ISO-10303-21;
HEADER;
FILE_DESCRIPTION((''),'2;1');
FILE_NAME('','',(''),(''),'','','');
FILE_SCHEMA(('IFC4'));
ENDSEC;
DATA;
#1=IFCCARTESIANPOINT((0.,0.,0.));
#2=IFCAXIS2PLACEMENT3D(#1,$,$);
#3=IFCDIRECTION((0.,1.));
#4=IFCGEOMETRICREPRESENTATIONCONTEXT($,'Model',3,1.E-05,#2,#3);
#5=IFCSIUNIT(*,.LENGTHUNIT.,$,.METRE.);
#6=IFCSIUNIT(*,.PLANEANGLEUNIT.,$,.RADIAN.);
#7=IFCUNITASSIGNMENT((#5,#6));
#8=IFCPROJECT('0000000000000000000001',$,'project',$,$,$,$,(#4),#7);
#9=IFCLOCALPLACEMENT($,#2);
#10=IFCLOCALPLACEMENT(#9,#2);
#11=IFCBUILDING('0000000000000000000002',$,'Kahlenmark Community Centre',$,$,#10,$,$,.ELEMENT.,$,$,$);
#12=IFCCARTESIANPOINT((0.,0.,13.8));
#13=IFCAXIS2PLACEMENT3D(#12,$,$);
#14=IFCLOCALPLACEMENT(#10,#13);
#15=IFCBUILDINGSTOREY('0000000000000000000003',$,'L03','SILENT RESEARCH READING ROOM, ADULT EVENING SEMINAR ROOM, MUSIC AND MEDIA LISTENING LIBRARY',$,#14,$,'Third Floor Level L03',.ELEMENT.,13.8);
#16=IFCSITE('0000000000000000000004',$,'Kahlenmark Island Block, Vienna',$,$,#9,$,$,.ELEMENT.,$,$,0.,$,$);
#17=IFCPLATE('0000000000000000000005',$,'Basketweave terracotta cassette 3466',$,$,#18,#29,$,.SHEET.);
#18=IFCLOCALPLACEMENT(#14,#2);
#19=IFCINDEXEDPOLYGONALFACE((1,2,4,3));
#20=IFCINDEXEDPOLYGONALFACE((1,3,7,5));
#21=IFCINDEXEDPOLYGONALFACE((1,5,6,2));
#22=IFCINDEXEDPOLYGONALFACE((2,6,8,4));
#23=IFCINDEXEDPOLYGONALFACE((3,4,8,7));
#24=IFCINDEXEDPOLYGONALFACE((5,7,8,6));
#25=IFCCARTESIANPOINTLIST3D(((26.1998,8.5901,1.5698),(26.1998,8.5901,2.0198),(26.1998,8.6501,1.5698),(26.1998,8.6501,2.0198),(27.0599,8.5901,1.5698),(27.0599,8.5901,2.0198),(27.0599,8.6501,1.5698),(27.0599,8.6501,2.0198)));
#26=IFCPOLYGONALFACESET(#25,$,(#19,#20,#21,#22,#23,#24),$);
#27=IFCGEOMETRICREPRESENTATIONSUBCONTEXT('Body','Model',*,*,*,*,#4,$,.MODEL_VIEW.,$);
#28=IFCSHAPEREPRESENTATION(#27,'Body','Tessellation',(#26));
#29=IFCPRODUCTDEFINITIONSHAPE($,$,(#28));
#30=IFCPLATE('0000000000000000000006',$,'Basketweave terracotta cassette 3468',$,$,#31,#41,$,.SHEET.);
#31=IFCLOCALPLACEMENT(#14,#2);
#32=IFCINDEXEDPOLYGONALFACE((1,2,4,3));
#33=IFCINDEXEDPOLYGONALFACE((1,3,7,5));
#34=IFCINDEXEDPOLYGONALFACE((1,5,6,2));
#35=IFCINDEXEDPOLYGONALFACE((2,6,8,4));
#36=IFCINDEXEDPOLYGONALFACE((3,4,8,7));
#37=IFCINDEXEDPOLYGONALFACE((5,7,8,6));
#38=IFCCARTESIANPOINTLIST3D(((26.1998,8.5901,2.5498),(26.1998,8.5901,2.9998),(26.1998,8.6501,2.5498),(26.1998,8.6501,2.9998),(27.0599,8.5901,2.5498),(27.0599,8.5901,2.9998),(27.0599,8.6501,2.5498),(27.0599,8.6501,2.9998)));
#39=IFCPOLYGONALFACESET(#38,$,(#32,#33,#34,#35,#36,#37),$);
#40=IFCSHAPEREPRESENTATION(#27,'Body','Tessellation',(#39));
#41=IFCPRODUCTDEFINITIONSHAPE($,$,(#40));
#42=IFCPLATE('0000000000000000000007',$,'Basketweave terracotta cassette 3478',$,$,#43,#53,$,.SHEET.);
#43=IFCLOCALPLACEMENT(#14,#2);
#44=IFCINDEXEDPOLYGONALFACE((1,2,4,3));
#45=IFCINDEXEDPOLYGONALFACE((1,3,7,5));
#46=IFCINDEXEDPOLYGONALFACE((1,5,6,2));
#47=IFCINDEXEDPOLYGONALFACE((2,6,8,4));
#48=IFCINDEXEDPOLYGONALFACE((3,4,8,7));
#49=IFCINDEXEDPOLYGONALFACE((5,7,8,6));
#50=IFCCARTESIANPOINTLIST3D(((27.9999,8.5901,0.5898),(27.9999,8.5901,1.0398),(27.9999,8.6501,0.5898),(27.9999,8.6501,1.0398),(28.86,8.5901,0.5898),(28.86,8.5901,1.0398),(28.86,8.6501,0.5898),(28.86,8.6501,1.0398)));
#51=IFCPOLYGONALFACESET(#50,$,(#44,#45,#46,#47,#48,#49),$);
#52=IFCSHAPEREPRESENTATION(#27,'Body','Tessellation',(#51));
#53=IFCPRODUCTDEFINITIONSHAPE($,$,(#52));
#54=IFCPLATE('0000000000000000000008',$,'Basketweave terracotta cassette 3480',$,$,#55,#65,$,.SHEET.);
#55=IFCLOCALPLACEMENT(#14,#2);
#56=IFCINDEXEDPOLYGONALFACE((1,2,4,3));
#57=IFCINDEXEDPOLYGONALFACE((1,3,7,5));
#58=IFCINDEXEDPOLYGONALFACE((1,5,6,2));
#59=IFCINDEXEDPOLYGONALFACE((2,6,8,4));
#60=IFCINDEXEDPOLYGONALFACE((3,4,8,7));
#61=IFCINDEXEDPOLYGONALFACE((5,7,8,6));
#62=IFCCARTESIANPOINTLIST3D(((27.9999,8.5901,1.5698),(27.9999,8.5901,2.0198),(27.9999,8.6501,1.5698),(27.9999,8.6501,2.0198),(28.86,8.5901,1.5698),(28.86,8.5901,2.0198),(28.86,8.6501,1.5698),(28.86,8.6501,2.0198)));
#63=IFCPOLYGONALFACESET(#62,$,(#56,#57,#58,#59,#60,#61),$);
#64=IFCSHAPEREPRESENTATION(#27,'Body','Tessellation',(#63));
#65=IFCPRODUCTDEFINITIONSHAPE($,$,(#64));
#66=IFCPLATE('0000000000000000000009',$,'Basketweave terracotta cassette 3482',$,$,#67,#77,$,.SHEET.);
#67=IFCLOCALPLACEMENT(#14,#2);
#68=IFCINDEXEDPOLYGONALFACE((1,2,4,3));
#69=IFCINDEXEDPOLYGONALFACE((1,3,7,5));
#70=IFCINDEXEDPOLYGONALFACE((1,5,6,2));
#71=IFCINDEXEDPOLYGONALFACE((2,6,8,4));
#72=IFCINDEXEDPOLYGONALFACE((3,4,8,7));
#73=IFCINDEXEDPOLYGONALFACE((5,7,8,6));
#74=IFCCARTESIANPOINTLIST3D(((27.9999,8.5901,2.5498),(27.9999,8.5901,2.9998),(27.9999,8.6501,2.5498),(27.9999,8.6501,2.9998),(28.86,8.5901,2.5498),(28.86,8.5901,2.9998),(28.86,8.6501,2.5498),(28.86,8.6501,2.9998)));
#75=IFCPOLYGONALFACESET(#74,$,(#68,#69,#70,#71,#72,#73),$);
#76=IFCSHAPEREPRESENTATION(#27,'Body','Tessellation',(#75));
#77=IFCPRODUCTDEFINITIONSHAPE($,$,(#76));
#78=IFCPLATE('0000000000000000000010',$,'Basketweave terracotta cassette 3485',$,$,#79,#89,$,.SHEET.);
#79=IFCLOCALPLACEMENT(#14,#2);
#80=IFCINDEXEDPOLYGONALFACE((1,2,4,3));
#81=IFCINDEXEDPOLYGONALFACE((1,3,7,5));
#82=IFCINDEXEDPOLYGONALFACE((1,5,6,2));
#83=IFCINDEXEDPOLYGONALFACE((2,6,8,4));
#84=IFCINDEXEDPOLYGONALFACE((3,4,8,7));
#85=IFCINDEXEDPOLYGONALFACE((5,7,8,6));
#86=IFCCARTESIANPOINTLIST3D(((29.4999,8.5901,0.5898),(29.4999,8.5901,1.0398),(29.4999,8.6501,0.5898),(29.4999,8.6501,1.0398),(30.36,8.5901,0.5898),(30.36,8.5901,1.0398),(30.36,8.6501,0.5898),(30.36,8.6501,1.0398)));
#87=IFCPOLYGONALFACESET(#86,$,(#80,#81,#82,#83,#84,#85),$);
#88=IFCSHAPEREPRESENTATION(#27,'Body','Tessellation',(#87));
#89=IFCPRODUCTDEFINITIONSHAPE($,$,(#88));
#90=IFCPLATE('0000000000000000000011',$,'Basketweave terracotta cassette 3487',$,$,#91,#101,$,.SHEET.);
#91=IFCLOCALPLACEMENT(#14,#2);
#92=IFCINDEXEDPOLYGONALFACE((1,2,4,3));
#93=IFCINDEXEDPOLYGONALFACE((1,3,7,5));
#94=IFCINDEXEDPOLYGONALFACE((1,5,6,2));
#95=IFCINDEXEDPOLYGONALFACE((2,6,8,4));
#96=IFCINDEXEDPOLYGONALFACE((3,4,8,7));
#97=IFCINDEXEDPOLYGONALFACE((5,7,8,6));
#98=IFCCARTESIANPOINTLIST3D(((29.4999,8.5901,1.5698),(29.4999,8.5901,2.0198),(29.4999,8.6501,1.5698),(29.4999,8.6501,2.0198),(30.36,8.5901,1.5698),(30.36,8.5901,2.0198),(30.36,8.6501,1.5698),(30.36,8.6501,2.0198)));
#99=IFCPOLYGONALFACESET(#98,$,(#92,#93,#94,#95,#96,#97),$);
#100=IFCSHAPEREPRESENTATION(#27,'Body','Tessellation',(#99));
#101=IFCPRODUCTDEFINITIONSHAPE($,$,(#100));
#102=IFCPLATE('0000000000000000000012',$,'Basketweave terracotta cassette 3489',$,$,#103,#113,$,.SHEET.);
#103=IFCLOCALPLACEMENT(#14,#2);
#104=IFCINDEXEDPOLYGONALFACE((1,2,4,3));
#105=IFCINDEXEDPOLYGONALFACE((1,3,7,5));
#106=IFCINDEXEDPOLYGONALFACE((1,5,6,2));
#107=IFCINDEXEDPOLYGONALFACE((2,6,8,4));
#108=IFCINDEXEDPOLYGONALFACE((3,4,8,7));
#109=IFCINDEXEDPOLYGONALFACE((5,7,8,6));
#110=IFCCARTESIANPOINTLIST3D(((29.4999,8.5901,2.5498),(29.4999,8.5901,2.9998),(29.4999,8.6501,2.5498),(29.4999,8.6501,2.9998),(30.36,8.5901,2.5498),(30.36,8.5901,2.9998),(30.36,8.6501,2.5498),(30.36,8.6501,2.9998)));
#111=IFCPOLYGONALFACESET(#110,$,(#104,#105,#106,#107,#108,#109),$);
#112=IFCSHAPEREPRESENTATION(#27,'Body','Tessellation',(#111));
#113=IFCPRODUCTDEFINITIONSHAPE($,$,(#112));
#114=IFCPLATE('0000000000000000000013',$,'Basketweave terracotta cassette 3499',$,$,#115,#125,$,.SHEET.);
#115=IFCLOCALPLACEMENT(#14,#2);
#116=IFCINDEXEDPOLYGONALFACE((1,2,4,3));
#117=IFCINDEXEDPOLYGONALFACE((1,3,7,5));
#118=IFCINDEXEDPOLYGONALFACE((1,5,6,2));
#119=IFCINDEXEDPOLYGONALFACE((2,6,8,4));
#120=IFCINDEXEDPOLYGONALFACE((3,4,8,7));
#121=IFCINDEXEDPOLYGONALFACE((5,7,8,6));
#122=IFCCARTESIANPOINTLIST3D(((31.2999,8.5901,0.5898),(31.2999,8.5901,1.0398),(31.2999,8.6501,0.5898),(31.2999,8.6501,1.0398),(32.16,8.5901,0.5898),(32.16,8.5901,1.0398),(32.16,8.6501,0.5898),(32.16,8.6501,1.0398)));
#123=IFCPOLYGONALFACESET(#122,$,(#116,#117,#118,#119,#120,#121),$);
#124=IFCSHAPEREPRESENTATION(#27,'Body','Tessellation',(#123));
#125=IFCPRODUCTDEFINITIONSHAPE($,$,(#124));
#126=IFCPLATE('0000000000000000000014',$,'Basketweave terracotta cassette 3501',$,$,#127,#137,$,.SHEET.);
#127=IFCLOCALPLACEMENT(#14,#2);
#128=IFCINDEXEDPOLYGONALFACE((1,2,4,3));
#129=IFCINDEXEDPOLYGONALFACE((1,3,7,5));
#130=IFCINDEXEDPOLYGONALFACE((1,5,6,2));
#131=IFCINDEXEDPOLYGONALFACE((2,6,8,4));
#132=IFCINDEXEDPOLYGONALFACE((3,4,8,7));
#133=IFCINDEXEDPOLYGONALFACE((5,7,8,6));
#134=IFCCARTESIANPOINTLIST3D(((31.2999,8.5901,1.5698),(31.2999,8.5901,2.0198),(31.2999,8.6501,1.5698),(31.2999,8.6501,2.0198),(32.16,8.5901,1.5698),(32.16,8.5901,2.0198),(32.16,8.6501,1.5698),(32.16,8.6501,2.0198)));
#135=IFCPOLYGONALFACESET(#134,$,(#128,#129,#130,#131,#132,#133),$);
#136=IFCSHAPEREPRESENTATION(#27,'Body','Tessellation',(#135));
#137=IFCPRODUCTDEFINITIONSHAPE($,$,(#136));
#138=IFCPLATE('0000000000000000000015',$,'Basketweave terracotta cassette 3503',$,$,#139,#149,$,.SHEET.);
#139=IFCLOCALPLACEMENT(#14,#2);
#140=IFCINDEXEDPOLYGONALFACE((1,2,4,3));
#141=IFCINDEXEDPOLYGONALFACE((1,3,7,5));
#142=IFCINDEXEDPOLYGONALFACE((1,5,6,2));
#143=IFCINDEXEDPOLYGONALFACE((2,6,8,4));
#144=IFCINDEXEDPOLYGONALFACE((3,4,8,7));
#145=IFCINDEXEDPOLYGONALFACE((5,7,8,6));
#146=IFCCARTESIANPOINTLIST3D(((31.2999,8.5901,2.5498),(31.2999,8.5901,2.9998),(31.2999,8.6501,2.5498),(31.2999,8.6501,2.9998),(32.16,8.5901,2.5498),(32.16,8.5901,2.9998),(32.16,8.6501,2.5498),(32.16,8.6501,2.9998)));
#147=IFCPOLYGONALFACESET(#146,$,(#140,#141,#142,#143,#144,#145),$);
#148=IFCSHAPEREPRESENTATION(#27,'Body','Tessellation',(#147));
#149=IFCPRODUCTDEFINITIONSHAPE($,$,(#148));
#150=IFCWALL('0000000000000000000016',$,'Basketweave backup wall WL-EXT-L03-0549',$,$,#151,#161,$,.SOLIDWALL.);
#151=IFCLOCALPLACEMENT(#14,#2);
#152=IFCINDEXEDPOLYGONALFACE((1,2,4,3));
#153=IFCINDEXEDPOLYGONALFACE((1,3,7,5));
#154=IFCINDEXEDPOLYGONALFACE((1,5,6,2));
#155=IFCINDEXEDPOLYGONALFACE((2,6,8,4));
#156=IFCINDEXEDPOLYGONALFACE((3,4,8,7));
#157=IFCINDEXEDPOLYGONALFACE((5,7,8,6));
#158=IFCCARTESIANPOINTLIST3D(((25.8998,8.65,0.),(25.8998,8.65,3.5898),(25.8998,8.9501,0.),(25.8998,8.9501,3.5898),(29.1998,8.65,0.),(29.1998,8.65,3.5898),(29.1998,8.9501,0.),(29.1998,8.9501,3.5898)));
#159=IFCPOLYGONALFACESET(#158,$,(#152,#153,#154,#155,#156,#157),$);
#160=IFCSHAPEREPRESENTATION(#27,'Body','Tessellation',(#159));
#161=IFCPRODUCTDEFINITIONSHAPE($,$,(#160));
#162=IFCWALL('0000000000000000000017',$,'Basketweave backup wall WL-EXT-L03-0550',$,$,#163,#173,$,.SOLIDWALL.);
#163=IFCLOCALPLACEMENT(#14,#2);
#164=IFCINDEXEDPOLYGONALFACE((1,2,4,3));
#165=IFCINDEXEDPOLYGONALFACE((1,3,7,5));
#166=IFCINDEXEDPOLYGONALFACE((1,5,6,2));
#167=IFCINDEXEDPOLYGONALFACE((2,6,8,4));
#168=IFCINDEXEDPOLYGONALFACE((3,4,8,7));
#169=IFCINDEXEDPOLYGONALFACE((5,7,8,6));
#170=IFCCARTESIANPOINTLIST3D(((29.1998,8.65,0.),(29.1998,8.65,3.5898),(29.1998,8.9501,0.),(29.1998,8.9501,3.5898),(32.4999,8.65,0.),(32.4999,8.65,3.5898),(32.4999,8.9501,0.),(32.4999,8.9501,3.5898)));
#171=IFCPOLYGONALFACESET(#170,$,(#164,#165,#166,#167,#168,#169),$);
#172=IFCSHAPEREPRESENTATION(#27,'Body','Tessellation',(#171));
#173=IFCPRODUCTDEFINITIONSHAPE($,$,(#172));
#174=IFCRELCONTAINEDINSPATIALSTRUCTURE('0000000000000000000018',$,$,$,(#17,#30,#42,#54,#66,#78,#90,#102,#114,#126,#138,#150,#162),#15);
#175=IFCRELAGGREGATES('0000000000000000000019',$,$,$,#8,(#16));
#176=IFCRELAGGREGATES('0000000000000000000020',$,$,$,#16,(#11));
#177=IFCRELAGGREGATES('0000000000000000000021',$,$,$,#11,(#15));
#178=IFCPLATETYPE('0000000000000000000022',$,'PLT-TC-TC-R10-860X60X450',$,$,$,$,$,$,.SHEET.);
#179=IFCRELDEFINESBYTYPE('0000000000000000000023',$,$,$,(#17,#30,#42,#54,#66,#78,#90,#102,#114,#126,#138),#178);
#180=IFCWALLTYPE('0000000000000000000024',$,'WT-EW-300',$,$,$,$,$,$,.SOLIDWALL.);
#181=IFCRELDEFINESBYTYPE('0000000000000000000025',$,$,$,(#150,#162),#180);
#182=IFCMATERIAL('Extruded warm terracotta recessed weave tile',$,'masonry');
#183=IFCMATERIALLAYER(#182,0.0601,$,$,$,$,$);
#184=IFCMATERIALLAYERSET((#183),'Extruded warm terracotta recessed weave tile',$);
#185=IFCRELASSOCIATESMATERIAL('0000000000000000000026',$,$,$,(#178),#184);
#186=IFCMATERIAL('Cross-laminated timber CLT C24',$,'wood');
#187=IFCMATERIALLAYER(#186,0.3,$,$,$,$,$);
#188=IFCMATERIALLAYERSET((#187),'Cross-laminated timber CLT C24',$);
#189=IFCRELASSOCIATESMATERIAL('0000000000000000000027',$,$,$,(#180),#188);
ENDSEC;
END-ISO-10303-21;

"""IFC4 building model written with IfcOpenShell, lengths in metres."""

from ifc_helpers import new_model, si_unit, direction, frame, frame_2d, origin, origin_2d, place, context, subcontext, project, spatial, rectangle, extrude, material, layer, layer_set, type_object, element, save


model = new_model("IFC4")

# Units and contexts
model_context = context("Model", 3, precision=1e-05, world=origin(), true_north=direction((0.0, 1.0)))
body_context = subcontext(model_context, "Body", "Model", "MODEL_VIEW")
ifc_project = project(units=[si_unit("LENGTHUNIT", "METRE"), si_unit("PLANEANGLEUNIT", "RADIAN")], contexts=[model_context])

# Site, building, storey
site_placement = place(None, origin())
site = spatial("IfcSite", under=ifc_project, at=site_placement, Name="Kahlenmark Island Block, Vienna", CompositionType="ELEMENT", RefElevation=0.0)
building_placement = place(site_placement, origin())
building = spatial("IfcBuilding", under=site, at=building_placement, Name="Kahlenmark Community Centre", CompositionType="ELEMENT")
storey_placement = place(building_placement, frame((0.0, 0.0, 13.8)))
storey = spatial("IfcBuildingStorey", under=building, at=storey_placement, Name="L03", Description="SILENT RESEARCH READING ROOM, ADULT EVENING SEMINAR ROOM, MUSIC AND MEDIA LISTENING LIBRARY", LongName="Third Floor Level L03", CompositionType="ELEMENT", Elevation=13.8)

# Plates
ifc_material_1 = material(Name="Extruded warm terracotta recessed weave tile", Category="masonry")
ifc_layer_1 = layer(ifc_material_1, 0.0601)
ifc_layer_set_1 = layer_set([ifc_layer_1], Name="Extruded warm terracotta recessed weave tile")
plate_type_1 = type_object("IfcPlateType", Name="PLT-TC-TC-R10-860X60X450", PredefinedType="SHEET", material=ifc_layer_set_1)
for number, where, z_axis, x_axis, name in (
    (1, (26.6299, 8.6201, 1.5698), (0.0, 0.0, 1.0), (1.0, 0.0, 0.0), "Basketweave terracotta cassette 3466"),
    (2, (26.6299, 8.6201, 2.5498), (0.0, 0.0, 1.0), (1.0, 0.0, 0.0), "Basketweave terracotta cassette 3468"),
    (3, (28.4299, 8.6201, 0.5898), (0.0, 0.0, 1.0), (1.0, 0.0, 0.0), "Basketweave terracotta cassette 3478"),
    (4, (28.4299, 8.6201, 1.5698), (0.0, 0.0, 1.0), (1.0, 0.0, 0.0), "Basketweave terracotta cassette 3480"),
    (5, (28.4299, 8.6201, 2.5498), (0.0, 0.0, 1.0), (1.0, 0.0, 0.0), "Basketweave terracotta cassette 3482"),
    (6, (29.9299, 8.6201, 0.5898), (0.0, 0.0, 1.0), (1.0, 0.0, 0.0), "Basketweave terracotta cassette 3485"),
    (7, (29.9299, 8.6201, 1.5698), (0.0, 0.0, 1.0), (1.0, 0.0, 0.0), "Basketweave terracotta cassette 3487"),
    (8, (29.9299, 8.6201, 2.5498), (0.0, 0.0, 1.0), (1.0, 0.0, 0.0), "Basketweave terracotta cassette 3489"),
    (9, (31.73, 8.6201, 0.5898), (0.0, 0.0, 1.0), (1.0, 0.0, 0.0), "Basketweave terracotta cassette 3499"),
    (10, (31.73, 8.6201, 1.5698), (0.0, 0.0, 1.0), (1.0, 0.0, 0.0), "Basketweave terracotta cassette 3501"),
    (11, (31.73, 8.6201, 2.5498), (0.0, 0.0, 1.0), (1.0, 0.0, 0.0), "Basketweave terracotta cassette 3503"),
):
    element("IfcPlate", number, at=place(storey_placement, frame(where, z_axis=z_axis, x_axis=x_axis)), inside=storey, type_object=plate_type_1, Name=name, PredefinedType="SHEET", context=body_context, shape_type="SweptSolid", body=[
        extrude(rectangle(XDim=0.8601, YDim=0.0601, at=origin_2d()), origin(), (0.0, 0.0, 1.0), 0.45),
    ])

# Walls
ifc_material_2 = material(Name="Cross-laminated timber CLT C24", Category="wood")
ifc_layer_2 = layer(ifc_material_2, 0.3)
ifc_layer_set_2 = layer_set([ifc_layer_2], Name="Cross-laminated timber CLT C24")
wall_type = type_object("IfcWallType", Name="WT-EW-300", PredefinedType="SOLIDWALL", material=ifc_layer_set_2)
for number, where, z_axis, x_axis, name in (
    (12, (25.8999, 8.8, 0.0), (0.0, 0.0, 1.0), (1.0, 0.0, 0.0), "Basketweave backup wall WL-EXT-L03-0549"),
    (13, (29.2, 8.8, 0.0), (0.0, 0.0, 1.0), (1.0, 0.0, 0.0), "Basketweave backup wall WL-EXT-L03-0550"),
):
    element("IfcWall", number, at=place(storey_placement, frame(where, z_axis=z_axis, x_axis=x_axis)), inside=storey, type_object=wall_type, Name=name, PredefinedType="SOLIDWALL", context=body_context, shape_type="SweptSolid", body=[
        extrude(rectangle(XDim=3.3, YDim=0.3, at=frame_2d((1.6499, 0.0))), origin(), (0.0, 0.0, 1.0), 3.5898),
    ])

save(model, "model.ifc")
